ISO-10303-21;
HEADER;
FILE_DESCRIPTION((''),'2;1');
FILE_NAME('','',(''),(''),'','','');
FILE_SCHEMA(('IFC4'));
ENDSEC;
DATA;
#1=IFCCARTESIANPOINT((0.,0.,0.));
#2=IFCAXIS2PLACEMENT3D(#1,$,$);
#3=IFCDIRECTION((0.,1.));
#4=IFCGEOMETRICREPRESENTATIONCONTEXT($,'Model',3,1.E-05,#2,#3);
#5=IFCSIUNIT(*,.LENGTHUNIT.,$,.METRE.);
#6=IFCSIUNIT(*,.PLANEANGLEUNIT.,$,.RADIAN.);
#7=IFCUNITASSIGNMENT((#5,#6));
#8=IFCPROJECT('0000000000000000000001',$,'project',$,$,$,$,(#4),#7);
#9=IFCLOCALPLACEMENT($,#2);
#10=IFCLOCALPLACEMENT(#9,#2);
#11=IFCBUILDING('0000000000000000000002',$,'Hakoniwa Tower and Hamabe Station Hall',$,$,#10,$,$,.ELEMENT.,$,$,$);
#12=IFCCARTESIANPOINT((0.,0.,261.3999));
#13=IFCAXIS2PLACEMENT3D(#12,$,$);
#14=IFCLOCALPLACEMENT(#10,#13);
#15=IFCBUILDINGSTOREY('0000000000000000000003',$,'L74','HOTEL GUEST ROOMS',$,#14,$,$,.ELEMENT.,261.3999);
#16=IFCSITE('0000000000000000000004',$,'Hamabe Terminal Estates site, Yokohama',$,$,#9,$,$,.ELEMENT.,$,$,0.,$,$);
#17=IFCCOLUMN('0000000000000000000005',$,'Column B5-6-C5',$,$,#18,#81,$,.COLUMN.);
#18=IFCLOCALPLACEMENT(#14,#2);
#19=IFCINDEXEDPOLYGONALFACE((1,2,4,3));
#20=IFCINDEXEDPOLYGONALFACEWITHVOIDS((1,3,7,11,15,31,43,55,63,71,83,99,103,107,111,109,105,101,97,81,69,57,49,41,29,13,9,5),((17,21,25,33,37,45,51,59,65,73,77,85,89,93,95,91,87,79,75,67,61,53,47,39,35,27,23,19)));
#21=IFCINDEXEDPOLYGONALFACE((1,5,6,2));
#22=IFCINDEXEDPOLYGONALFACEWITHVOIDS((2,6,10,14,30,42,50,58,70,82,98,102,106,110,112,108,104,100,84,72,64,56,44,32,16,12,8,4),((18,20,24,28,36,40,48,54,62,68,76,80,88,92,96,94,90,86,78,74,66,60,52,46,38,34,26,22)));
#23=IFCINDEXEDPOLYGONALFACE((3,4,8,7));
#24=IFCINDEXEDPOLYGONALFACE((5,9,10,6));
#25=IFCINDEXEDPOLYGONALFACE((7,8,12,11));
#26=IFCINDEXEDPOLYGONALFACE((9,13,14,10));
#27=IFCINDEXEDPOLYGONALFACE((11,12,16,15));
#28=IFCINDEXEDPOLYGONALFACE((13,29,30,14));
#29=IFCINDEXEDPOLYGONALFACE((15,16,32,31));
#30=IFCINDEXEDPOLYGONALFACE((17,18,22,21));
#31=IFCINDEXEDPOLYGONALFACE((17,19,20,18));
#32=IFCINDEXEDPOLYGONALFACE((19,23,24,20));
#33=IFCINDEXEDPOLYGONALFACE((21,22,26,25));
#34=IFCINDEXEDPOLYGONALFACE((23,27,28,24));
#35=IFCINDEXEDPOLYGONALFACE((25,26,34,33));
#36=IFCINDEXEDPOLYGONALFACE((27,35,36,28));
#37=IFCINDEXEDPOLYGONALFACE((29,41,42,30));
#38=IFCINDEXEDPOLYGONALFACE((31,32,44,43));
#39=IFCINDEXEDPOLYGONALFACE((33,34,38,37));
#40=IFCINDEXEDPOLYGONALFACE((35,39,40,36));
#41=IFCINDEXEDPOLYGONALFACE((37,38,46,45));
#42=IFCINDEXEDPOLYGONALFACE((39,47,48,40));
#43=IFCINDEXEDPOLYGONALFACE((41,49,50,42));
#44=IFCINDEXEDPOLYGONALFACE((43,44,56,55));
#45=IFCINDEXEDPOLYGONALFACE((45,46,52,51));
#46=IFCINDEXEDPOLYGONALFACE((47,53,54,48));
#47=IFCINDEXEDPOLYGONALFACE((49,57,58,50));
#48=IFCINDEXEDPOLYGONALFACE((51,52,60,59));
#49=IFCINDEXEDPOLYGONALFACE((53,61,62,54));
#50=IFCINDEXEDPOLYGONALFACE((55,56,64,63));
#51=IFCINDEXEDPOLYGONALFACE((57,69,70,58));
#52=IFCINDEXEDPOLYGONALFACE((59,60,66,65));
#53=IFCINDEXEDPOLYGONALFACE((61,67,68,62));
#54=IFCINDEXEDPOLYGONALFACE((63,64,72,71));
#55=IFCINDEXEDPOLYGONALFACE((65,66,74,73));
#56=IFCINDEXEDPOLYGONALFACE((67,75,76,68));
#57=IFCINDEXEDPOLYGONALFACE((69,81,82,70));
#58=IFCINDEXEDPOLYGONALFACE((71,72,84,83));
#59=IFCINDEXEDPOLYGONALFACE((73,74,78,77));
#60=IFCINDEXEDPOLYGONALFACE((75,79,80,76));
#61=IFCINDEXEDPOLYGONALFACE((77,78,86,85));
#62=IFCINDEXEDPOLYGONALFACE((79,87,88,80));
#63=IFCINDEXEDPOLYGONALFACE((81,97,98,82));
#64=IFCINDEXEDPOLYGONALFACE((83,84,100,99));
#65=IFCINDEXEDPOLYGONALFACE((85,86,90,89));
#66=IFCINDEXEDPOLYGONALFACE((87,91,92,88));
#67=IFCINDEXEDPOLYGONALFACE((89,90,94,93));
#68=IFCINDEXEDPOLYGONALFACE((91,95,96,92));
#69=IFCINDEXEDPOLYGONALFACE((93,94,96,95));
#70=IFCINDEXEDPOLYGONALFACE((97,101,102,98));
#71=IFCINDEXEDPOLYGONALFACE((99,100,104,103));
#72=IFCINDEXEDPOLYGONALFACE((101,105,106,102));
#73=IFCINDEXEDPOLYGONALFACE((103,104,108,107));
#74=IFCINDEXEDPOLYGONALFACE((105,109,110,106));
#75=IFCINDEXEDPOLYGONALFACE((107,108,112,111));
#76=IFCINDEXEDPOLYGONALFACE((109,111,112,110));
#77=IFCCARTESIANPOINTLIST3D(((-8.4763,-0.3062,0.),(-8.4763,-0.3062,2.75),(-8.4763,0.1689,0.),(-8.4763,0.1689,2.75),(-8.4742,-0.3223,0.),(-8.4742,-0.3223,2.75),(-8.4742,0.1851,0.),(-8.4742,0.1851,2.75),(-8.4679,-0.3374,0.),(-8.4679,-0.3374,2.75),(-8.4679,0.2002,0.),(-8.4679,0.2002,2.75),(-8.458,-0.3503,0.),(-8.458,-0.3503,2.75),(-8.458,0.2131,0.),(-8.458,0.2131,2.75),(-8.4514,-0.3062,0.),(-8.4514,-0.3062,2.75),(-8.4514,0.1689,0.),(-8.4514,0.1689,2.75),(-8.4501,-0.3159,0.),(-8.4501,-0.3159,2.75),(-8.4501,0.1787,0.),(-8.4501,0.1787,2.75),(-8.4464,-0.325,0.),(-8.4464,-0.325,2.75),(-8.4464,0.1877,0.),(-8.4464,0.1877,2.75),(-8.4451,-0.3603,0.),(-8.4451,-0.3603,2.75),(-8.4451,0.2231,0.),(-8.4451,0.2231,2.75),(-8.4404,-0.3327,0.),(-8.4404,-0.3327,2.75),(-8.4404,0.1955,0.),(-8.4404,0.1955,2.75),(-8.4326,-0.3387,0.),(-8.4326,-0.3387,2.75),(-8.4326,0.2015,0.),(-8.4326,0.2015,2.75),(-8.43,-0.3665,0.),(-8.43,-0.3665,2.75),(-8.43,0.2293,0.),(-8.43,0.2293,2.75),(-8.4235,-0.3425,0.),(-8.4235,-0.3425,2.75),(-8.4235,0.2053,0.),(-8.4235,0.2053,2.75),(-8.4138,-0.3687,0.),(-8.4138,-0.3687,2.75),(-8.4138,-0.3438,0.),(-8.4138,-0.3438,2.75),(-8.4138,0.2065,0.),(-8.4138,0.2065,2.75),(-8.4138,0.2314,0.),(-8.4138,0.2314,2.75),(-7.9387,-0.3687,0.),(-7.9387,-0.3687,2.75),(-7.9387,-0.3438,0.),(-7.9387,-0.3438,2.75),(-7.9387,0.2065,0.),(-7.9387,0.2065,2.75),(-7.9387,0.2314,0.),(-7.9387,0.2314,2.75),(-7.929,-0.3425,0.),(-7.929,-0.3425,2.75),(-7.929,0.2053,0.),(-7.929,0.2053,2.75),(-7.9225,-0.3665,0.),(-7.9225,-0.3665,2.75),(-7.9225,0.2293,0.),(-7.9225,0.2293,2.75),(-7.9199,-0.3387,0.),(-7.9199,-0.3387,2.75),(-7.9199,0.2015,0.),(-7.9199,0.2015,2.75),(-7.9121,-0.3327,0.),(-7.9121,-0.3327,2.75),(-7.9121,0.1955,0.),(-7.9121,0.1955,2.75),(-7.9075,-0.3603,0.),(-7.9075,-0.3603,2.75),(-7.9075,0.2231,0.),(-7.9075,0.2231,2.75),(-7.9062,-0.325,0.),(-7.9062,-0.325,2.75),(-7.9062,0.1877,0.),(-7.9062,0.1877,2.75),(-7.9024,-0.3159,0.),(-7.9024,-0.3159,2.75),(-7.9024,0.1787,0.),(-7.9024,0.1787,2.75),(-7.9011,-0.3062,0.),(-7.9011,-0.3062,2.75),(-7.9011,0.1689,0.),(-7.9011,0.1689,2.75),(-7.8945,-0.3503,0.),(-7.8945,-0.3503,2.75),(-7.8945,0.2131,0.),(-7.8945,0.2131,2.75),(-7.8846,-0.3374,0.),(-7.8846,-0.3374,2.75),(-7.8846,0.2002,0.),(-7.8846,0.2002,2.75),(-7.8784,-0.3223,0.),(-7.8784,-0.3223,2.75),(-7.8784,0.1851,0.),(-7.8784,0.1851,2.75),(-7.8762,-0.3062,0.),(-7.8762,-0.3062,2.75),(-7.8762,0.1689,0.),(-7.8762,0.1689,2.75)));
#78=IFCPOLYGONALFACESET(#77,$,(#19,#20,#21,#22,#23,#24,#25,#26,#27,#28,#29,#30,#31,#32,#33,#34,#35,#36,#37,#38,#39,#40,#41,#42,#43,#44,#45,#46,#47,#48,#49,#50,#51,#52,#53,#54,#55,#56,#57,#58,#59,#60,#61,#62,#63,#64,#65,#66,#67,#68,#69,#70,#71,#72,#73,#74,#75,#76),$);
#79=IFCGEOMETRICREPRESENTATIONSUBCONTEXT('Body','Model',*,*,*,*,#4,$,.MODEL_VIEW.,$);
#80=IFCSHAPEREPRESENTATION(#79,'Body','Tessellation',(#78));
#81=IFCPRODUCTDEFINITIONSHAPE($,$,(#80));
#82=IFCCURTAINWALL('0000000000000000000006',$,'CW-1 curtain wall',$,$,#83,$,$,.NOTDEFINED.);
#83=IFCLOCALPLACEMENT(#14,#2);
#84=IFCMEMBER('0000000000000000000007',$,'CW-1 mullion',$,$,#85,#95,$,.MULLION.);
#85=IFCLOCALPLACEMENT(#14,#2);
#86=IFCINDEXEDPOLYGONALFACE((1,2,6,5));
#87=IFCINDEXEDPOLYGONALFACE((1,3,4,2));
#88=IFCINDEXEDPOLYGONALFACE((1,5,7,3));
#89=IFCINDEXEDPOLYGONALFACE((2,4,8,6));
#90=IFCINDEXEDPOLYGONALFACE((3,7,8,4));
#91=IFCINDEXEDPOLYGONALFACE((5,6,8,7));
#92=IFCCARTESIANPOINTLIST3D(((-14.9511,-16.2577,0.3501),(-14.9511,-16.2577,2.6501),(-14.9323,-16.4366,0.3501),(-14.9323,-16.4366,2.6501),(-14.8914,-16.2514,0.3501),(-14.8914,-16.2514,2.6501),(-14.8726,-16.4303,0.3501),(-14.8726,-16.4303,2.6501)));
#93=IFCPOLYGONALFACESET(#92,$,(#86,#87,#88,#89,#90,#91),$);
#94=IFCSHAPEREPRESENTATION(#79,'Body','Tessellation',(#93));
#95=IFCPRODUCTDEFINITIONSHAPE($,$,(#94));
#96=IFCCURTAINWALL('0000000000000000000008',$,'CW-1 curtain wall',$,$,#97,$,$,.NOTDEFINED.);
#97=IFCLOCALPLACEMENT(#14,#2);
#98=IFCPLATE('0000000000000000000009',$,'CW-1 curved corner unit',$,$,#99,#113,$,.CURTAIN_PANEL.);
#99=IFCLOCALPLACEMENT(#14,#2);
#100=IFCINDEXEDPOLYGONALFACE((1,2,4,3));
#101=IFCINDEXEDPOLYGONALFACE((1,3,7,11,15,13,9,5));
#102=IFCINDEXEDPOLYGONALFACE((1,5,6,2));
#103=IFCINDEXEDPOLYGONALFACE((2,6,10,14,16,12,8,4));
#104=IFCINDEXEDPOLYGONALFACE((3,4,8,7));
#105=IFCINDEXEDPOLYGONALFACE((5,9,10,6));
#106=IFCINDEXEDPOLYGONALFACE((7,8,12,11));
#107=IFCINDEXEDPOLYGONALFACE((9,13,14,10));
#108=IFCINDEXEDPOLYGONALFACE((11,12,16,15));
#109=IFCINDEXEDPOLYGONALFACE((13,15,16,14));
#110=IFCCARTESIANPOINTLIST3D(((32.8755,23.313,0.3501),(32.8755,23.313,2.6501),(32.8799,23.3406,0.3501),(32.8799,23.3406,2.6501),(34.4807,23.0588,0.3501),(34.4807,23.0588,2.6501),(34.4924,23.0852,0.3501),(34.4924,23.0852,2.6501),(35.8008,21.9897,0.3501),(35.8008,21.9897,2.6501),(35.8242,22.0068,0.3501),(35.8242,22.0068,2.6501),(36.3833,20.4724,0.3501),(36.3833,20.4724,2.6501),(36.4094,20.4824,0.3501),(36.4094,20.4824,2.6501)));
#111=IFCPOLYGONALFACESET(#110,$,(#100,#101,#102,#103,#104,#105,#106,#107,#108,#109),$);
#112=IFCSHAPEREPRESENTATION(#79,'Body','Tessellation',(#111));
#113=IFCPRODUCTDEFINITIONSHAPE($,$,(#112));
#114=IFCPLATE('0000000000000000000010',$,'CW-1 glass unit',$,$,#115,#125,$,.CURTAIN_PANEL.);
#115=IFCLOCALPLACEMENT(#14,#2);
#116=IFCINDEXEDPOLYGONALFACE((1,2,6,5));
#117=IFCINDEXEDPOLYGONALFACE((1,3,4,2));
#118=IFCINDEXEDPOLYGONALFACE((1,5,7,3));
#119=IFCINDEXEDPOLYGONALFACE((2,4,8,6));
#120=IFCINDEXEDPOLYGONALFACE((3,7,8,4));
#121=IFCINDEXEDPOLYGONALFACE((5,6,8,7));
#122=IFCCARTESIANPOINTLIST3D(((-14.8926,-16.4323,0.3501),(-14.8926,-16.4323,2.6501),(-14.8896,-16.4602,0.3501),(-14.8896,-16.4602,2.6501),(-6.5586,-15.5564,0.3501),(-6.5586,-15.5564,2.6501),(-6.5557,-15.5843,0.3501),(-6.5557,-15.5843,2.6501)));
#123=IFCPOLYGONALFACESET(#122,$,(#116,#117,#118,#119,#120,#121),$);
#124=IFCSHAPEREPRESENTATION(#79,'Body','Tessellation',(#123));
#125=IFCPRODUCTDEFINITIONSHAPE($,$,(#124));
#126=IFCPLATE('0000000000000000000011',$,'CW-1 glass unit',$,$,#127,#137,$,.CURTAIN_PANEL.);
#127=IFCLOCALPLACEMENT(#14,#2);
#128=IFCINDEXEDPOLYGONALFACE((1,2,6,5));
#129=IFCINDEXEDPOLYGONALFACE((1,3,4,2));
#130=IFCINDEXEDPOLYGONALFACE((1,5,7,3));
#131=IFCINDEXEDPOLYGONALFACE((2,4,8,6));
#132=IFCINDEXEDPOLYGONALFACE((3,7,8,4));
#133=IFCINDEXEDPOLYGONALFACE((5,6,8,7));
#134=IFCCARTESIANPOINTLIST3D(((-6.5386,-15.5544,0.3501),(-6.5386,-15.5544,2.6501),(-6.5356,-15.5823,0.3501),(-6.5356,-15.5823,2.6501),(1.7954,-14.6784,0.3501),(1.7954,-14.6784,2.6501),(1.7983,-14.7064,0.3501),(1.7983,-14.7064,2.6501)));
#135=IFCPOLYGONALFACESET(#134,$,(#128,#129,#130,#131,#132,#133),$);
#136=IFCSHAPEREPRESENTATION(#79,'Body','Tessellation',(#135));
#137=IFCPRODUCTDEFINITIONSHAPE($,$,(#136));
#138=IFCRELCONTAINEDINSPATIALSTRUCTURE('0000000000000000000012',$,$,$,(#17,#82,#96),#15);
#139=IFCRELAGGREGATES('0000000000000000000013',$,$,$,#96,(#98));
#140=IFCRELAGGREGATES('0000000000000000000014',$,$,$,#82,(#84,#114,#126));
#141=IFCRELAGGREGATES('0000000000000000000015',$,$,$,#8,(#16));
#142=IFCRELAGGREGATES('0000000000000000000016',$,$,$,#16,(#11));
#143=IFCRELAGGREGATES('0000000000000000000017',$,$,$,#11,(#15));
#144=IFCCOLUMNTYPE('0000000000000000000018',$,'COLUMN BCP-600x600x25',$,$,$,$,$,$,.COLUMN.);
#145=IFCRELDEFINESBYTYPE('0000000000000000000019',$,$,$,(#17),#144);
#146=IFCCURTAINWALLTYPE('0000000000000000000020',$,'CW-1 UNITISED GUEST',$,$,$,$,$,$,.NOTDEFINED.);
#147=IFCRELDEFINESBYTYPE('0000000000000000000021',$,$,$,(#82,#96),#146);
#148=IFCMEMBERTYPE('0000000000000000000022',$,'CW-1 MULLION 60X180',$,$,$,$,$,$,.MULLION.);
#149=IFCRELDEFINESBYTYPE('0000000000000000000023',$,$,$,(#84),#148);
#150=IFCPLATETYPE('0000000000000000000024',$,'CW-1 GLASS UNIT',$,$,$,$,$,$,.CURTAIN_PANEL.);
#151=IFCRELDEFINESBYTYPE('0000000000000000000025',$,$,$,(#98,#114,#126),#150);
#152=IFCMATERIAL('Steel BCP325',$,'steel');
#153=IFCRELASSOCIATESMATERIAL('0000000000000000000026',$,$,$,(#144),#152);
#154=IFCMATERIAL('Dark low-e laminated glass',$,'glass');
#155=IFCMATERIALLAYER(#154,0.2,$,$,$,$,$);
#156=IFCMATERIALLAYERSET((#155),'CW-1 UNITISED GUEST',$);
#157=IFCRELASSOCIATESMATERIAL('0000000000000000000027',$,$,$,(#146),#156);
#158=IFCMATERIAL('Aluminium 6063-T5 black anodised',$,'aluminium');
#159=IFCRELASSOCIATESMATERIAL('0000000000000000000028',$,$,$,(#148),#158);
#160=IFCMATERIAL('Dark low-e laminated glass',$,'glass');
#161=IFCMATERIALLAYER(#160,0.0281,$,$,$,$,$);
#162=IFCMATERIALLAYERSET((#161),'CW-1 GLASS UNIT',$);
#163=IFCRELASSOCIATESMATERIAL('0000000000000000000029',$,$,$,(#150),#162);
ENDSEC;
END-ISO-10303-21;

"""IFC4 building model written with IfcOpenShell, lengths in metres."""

from ifc_helpers import new_model, si_unit, direction, frame, origin, origin_2d, place, context, subcontext, project, spatial, polyline, rectangle, hollow_rectangle, outline, extrude, material, layer, layer_set, material_profile, profile_set, type_object, element, aggregate, save


model = new_model("IFC4")

# Units and contexts
model_context = context("Model", 3, precision=1e-05, world=origin(), true_north=direction((0.0, 1.0)))
body_context = subcontext(model_context, "Body", "Model", "MODEL_VIEW")
ifc_project = project(units=[si_unit("LENGTHUNIT", "METRE"), si_unit("PLANEANGLEUNIT", "RADIAN")], contexts=[model_context])

# Site, building, storey
site_placement = place(None, origin())
site = spatial("IfcSite", under=ifc_project, at=site_placement, Name="Hamabe Terminal Estates site, Yokohama", CompositionType="ELEMENT", RefElevation=0.0)
building_placement = place(site_placement, origin())
building = spatial("IfcBuilding", under=site, at=building_placement, Name="Hakoniwa Tower and Hamabe Station Hall", CompositionType="ELEMENT")
storey_placement = place(building_placement, frame((0.0, 0.0, 261.3999)))
storey = spatial("IfcBuildingStorey", under=building, at=storey_placement, Name="L74", Description="HOTEL GUEST ROOMS", CompositionType="ELEMENT", Elevation=261.3999)

# Column
ifc_material_1 = material(Name="Steel BCP325", Category="steel")
ifc_material_profile_1 = material_profile(ifc_material_1, hollow_rectangle(XDim=0.6001, YDim=0.6001, WallThickness=0.0249, InnerFilletRadius=0.0376, OuterFilletRadius=0.0625, at=origin_2d()), Name="BCP-600x600x25")
ifc_profile_set_1 = profile_set([ifc_material_profile_1], Name="Steel BCP325")
column_type_1 = type_object("IfcColumnType", Name="COLUMN BCP-600x600x25", PredefinedType="COLUMN", material=ifc_profile_set_1)
column_placement = place(storey_placement, frame((-8.1763, -0.0686, 0.0), z_axis=(0.0, 0.0, 1.0), x_axis=(1.0, 0.0, 0.0)))
element("IfcColumn", 1, at=column_placement, inside=storey, type_object=column_type_1, Name="Column B5-6-C5", PredefinedType="COLUMN", context=body_context, shape_type="SweptSolid", body=[
    extrude(hollow_rectangle(XDim=0.6001, YDim=0.6001, WallThickness=0.0249, InnerFilletRadius=0.0376, OuterFilletRadius=0.0625, at=origin_2d()), origin(), (0.0, 0.0, 1.0), 2.75),
])

# Curtain wall, member
ifc_material_2 = material(Name="Dark low-e laminated glass", Category="glass")
ifc_layer_1 = layer(ifc_material_2, 0.2)
ifc_layer_set_1 = layer_set([ifc_layer_1], Name="CW-1 UNITISED GUEST")
curtain_wall_type = type_object("IfcCurtainWallType", Name="CW-1 UNITISED GUEST", PredefinedType="NOTDEFINED", material=ifc_layer_set_1)
curtain_wall_1_placement = place(storey_placement, origin())
curtain_wall_1 = element("IfcCurtainWall", 2, at=curtain_wall_1_placement, inside=storey, type_object=curtain_wall_type, Name="CW-1 curtain wall", PredefinedType="NOTDEFINED")
ifc_material_3 = material(Name="Aluminium 6063-T5 black anodised", Category="aluminium")
ifc_material_profile_2 = material_profile(ifc_material_3, rectangle(XDim=0.0601, YDim=0.1799, at=origin_2d()), Name="CW-1 MULLION 60X180")
ifc_profile_set_2 = profile_set([ifc_material_profile_2], Name="Aluminium 6063-T5 black anodised")
member_type = type_object("IfcMemberType", Name="CW-1 MULLION 60X180", PredefinedType="MULLION", material=ifc_profile_set_2)
member_placement = place(storey_placement, frame((-14.9119, -16.344, 0.3501), z_axis=(0.0, 0.0, 1.0), x_axis=(0.994522, 0.104528, 0.0)))
member = element("IfcMember", 3, at=member_placement, type_object=member_type, Name="CW-1 mullion", PredefinedType="MULLION", context=body_context, shape_type="SweptSolid", body=[
    extrude(rectangle(XDim=0.0601, YDim=0.1799, at=origin_2d()), origin(), (0.0, 0.0, 1.0), 2.3),
])

# Curtain wall, plate
curtain_wall_2_placement = place(storey_placement, origin())
curtain_wall_2 = element("IfcCurtainWall", 4, at=curtain_wall_2_placement, inside=storey, type_object=curtain_wall_type, Name="CW-1 curtain wall", PredefinedType="NOTDEFINED")
ifc_material_4 = material(Name="Dark low-e laminated glass", Category="glass")
ifc_layer_2 = layer(ifc_material_4, 0.0281)
ifc_layer_set_2 = layer_set([ifc_layer_2], Name="CW-1 GLASS UNIT")
plate_type = type_object("IfcPlateType", Name="CW-1 GLASS UNIT", PredefinedType="CURTAIN_PANEL", material=ifc_layer_set_2)
plate_1_placement = place(storey_placement, frame((0.0, 0.0, 0.3501)))
plate_1 = element("IfcPlate", 5, at=plate_1_placement, type_object=plate_type, Name="CW-1 curved corner unit", PredefinedType="CURTAIN_PANEL", context=body_context, shape_type="SweptSolid", body=[
    extrude(outline(polyline([(36.4094, 20.4824), (35.8242, 22.0068), (34.4924, 23.0852), (32.8799, 23.3406), (32.8755, 23.313), (34.4807, 23.0588), (35.8008, 21.9897), (36.3833, 20.4724), (36.4094, 20.4824)])), origin(), (0.0, 0.0, 1.0), 2.3),
])
aggregate(curtain_wall_2, [plate_1])

# Plates
plate_2_placement = place(storey_placement, frame((-10.7241, -16.0083, 0.3501), z_axis=(0.0, 0.0, 1.0), x_axis=(0.994522, 0.104528, 0.0)))
plate_2 = element("IfcPlate", 6, at=plate_2_placement, type_object=plate_type, Name="CW-1 glass unit", PredefinedType="CURTAIN_PANEL", context=body_context, shape_type="SweptSolid", body=[
    extrude(rectangle(XDim=8.3799, YDim=0.0281, at=origin_2d()), origin(), (0.0, 0.0, 1.0), 2.3),
])
plate_3_placement = place(storey_placement, frame((-2.3701, -15.1304, 0.3501), z_axis=(0.0, 0.0, 1.0), x_axis=(0.994522, 0.104528, 0.0)))
plate_3 = element("IfcPlate", 7, at=plate_3_placement, type_object=plate_type, Name="CW-1 glass unit", PredefinedType="CURTAIN_PANEL", context=body_context, shape_type="SweptSolid", body=[
    extrude(rectangle(XDim=8.3799, YDim=0.0281, at=origin_2d()), origin(), (0.0, 0.0, 1.0), 2.3),
])
aggregate(curtain_wall_1, [member, plate_2, plate_3])

save(model, "model.ifc")
